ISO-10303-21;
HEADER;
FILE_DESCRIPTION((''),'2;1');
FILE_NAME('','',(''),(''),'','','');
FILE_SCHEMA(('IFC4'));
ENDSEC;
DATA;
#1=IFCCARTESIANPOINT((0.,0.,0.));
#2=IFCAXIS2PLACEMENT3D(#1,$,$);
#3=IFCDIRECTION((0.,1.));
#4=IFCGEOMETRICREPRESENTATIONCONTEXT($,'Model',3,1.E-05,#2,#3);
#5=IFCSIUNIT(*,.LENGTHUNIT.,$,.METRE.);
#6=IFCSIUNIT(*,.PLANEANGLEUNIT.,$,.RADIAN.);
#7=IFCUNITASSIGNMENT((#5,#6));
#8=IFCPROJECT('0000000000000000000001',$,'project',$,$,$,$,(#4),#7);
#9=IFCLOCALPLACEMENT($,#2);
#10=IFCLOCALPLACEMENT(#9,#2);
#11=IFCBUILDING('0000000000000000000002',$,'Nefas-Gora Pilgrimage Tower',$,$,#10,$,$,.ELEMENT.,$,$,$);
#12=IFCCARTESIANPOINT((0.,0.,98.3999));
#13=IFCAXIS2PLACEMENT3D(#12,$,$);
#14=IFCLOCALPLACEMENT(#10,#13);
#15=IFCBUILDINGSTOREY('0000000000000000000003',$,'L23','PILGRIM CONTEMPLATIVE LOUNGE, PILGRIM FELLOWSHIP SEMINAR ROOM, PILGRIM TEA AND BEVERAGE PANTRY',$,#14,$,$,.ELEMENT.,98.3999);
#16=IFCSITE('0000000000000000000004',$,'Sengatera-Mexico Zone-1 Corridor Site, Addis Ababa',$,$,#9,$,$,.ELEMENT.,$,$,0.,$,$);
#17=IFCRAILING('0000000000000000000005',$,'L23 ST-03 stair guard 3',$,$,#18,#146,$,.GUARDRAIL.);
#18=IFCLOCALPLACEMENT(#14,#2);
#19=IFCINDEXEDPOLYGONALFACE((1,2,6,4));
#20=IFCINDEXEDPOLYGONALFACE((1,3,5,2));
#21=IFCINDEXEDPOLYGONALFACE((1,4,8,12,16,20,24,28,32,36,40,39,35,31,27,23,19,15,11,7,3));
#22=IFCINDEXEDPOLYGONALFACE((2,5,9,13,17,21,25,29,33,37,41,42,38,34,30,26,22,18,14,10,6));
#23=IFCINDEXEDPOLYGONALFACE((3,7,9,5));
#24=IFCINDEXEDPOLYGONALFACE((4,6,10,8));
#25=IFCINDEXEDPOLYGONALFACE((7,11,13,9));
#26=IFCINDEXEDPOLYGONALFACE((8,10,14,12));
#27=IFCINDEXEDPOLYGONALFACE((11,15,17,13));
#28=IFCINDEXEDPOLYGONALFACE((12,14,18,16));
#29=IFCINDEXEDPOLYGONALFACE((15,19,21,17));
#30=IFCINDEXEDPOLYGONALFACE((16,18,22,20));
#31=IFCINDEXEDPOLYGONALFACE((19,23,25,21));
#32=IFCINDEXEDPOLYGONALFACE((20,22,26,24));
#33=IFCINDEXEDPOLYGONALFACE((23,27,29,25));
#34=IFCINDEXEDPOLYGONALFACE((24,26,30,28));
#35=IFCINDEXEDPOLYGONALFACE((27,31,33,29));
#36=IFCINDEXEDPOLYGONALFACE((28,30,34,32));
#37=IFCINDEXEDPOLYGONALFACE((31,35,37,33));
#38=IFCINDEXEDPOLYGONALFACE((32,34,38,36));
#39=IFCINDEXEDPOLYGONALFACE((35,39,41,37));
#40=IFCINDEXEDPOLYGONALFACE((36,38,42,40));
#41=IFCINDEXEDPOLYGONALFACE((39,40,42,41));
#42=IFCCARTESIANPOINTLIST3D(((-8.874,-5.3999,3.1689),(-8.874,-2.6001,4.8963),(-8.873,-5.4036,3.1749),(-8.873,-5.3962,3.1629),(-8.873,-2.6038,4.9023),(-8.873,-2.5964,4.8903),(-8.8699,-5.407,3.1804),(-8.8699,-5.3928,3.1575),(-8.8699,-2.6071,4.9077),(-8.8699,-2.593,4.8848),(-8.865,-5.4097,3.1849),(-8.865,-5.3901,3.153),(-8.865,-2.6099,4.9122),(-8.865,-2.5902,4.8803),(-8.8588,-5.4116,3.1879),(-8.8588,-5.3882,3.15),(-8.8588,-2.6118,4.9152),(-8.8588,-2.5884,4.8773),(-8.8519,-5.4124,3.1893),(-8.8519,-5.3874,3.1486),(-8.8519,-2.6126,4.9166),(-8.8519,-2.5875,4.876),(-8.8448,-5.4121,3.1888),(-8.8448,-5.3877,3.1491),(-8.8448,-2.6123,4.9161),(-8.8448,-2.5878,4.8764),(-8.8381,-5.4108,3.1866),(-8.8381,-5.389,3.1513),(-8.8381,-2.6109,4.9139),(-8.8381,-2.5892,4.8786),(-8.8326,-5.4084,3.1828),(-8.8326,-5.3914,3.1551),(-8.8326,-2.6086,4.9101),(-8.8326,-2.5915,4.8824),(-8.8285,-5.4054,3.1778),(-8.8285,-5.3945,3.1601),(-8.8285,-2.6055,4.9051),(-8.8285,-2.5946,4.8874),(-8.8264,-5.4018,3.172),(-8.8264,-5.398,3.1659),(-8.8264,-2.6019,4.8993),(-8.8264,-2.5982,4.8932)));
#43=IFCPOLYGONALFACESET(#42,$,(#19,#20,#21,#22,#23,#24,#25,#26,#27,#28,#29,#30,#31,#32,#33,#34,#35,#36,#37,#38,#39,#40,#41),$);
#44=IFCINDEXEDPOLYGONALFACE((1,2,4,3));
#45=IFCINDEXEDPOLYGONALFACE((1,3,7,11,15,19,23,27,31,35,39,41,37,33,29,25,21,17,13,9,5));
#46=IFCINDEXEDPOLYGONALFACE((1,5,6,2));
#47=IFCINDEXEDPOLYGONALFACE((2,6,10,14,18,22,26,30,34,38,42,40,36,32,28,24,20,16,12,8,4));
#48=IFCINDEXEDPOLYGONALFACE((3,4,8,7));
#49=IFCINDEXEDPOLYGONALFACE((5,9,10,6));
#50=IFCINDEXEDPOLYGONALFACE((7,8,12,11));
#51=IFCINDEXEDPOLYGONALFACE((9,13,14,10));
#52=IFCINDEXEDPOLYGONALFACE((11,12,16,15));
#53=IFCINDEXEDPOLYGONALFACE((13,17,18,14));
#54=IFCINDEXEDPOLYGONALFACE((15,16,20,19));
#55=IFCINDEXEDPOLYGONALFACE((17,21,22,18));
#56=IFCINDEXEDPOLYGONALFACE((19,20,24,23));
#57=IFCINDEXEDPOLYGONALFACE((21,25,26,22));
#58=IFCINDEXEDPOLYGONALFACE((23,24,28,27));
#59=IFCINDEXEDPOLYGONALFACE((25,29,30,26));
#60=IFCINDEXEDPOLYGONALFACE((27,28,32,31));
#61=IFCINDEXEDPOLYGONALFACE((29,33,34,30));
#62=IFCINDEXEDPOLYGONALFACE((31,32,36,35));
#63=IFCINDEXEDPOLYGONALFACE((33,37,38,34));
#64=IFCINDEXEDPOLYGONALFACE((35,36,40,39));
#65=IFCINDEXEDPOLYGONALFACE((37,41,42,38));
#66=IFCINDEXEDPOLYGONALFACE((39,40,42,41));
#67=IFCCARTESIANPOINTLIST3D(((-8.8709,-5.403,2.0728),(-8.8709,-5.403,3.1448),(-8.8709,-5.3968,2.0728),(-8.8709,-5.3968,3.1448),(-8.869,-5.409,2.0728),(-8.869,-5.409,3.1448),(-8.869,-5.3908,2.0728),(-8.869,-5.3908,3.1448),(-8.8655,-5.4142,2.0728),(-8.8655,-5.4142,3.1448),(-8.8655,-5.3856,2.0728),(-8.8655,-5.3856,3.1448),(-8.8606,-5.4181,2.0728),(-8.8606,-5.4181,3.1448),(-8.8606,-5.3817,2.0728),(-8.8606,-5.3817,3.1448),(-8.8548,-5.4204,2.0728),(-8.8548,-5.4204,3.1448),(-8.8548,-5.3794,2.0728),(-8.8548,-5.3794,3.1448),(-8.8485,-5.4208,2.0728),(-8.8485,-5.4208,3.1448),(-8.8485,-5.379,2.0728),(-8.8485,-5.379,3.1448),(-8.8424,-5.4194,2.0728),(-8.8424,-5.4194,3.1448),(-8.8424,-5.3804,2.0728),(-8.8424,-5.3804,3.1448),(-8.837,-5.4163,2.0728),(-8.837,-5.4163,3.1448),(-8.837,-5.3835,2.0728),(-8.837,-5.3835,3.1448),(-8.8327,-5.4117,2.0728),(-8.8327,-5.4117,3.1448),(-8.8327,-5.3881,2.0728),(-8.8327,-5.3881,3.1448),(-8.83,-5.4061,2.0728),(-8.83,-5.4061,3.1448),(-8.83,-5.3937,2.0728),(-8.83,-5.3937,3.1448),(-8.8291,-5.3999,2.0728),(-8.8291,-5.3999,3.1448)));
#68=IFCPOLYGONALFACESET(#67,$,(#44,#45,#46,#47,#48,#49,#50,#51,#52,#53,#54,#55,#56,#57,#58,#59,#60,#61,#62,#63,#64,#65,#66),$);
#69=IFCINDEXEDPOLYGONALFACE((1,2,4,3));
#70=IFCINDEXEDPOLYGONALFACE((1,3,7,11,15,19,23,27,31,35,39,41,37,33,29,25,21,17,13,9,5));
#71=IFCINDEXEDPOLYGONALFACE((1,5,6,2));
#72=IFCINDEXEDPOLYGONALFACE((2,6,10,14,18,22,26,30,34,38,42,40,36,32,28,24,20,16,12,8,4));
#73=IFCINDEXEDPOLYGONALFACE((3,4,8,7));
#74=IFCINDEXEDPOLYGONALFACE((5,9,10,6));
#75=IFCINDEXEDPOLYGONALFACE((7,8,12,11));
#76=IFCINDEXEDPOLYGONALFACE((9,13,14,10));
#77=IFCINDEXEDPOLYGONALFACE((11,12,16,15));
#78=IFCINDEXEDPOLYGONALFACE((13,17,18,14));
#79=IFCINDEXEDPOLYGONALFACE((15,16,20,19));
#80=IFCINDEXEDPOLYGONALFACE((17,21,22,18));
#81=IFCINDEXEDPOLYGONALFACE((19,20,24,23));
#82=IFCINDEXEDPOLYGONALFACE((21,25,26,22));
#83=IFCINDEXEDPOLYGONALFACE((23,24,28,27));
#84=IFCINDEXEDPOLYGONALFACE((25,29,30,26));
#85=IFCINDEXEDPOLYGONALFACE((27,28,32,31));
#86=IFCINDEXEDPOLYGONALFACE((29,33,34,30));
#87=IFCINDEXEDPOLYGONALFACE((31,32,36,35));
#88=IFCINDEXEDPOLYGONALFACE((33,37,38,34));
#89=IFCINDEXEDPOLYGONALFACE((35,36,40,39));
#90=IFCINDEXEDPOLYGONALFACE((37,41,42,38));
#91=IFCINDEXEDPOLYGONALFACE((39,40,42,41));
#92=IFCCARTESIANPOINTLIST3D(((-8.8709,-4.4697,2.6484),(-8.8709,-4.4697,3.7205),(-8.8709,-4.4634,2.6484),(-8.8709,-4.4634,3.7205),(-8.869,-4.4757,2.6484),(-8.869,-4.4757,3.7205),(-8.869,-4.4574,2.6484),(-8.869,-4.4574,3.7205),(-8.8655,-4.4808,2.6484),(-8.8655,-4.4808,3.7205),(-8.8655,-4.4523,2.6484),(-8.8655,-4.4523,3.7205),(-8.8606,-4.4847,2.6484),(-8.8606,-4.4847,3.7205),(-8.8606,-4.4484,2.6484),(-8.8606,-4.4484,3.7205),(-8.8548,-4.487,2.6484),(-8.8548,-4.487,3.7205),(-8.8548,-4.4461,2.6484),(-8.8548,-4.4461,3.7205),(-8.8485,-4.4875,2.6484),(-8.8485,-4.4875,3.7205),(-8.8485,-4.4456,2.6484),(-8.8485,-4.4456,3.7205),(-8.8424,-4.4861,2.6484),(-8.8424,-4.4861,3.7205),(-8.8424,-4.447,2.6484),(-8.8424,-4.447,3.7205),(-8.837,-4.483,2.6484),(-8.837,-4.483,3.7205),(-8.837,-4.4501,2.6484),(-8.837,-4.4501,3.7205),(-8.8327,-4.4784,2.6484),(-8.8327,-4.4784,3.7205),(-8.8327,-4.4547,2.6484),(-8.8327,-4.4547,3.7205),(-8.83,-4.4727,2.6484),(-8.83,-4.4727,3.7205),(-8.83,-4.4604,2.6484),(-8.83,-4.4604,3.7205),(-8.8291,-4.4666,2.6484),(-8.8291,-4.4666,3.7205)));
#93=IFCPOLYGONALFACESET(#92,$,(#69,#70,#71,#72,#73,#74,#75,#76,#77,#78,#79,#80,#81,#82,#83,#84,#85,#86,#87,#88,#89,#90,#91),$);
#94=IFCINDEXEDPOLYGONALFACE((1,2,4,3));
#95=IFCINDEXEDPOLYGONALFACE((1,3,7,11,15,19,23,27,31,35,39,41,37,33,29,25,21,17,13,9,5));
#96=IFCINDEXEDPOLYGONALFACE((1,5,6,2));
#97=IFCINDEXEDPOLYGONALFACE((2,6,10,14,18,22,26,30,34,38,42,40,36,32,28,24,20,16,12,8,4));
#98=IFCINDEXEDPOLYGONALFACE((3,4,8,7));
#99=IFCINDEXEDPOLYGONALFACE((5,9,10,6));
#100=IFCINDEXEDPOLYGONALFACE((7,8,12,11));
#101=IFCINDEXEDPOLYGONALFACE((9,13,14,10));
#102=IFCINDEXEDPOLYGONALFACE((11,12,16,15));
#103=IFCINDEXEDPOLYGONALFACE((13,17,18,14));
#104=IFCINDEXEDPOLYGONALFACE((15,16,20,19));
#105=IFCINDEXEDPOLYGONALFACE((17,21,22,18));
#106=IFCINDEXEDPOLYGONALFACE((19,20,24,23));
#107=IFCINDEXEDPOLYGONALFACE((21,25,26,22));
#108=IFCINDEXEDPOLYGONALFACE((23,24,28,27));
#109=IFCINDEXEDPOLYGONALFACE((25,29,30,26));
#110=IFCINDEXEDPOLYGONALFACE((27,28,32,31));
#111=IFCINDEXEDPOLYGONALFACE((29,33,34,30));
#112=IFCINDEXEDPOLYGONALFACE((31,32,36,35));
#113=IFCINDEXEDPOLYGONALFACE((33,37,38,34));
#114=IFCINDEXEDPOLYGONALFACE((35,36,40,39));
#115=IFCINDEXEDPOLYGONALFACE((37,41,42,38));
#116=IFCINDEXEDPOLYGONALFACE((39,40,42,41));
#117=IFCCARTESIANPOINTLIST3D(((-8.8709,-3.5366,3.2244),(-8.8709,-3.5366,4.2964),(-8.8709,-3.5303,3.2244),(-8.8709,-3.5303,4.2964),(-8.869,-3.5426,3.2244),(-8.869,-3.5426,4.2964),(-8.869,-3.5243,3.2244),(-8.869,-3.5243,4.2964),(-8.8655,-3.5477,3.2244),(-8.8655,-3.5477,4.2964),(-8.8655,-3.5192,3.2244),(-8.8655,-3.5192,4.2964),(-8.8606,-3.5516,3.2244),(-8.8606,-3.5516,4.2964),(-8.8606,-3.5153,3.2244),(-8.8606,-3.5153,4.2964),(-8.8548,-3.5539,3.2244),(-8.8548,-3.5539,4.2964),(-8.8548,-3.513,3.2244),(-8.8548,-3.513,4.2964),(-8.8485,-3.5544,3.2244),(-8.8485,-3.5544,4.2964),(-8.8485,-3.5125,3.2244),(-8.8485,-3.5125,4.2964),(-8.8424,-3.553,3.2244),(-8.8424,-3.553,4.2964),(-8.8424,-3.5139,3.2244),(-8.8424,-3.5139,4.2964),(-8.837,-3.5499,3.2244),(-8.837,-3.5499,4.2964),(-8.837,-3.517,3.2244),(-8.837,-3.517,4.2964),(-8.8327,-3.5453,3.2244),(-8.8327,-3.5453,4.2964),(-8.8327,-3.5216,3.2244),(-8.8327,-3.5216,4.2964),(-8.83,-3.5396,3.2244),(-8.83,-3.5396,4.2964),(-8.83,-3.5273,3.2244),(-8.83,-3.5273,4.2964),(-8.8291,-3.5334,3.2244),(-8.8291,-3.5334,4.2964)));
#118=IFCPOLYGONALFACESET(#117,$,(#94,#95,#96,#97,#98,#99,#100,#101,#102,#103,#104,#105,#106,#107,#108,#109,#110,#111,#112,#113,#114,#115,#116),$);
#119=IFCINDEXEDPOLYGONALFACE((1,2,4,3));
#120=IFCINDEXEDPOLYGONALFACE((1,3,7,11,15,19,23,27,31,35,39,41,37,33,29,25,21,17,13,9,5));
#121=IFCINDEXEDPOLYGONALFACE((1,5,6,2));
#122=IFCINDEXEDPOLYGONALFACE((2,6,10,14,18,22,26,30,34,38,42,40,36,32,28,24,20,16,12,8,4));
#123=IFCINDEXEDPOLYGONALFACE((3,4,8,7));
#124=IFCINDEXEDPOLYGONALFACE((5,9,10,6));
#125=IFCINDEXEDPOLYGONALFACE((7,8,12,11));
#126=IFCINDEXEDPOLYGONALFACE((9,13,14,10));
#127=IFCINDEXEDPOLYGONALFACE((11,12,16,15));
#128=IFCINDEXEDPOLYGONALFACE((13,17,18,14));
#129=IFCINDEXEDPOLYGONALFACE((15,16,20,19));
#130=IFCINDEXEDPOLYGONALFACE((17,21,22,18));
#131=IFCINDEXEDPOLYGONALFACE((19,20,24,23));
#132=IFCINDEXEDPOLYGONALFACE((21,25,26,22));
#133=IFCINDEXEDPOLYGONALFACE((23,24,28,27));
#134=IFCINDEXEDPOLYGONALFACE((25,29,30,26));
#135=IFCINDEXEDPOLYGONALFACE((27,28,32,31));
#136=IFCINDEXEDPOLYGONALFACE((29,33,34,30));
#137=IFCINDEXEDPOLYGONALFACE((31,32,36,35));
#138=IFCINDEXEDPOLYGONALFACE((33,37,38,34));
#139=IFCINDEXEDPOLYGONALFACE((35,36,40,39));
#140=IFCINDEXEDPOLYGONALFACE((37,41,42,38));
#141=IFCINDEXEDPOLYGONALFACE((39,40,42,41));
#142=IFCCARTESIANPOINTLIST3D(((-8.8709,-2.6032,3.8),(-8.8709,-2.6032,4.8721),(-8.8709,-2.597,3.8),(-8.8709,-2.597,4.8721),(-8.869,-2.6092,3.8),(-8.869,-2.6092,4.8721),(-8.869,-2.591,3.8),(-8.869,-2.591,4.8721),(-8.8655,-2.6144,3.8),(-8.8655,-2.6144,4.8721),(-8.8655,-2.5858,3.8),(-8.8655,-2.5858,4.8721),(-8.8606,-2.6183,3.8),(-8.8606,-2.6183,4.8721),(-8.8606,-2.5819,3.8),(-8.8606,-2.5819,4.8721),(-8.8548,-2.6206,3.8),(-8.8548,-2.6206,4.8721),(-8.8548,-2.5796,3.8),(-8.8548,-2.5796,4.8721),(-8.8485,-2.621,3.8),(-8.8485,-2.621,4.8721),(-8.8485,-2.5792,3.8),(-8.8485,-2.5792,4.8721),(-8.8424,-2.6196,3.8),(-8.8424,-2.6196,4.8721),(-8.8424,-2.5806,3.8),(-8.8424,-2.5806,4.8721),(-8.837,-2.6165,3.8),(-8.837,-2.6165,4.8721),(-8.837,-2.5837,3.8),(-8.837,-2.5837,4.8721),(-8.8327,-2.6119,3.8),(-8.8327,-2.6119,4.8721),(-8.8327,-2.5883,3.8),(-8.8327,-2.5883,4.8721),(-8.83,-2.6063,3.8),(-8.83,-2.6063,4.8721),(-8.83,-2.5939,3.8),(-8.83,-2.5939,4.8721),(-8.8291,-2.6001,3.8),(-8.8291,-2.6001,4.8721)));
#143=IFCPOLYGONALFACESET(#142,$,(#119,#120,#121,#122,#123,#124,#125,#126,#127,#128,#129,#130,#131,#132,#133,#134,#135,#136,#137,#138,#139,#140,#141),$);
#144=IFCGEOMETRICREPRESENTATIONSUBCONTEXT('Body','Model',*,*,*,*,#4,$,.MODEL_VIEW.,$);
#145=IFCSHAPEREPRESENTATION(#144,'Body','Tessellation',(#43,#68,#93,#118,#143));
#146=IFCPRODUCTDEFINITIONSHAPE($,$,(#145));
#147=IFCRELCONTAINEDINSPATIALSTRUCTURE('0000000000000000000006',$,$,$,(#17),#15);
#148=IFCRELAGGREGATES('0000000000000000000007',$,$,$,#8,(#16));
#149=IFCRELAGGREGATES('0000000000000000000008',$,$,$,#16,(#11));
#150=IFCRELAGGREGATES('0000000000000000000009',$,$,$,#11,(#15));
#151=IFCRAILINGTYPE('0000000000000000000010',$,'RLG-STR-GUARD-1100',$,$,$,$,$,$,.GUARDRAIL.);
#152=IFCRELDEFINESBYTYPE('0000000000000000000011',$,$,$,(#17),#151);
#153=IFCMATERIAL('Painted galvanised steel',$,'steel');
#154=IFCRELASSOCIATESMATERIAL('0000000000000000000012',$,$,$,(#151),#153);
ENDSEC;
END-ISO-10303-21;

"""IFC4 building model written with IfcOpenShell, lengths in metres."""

from ifc_helpers import new_model, si_unit, direction, frame, origin, origin_2d, place, context, subcontext, project, spatial, circle, extrude, material, type_object, element, save


model = new_model("IFC4")

# Units and contexts
model_context = context("Model", 3, precision=1e-05, world=origin(), true_north=direction((0.0, 1.0)))
body_context = subcontext(model_context, "Body", "Model", "MODEL_VIEW")
ifc_project = project(units=[si_unit("LENGTHUNIT", "METRE"), si_unit("PLANEANGLEUNIT", "RADIAN")], contexts=[model_context])

# Site, building, storey
site_placement = place(None, origin())
site = spatial("IfcSite", under=ifc_project, at=site_placement, Name="Sengatera-Mexico Zone-1 Corridor Site, Addis Ababa", CompositionType="ELEMENT", RefElevation=0.0)
building_placement = place(site_placement, origin())
building = spatial("IfcBuilding", under=site, at=building_placement, Name="Nefas-Gora Pilgrimage Tower", CompositionType="ELEMENT")
storey_placement = place(building_placement, frame((0.0, 0.0, 98.3999)))
storey = spatial("IfcBuildingStorey", under=building, at=storey_placement, Name="L23", Description="PILGRIM CONTEMPLATIVE LOUNGE, PILGRIM FELLOWSHIP SEMINAR ROOM, PILGRIM TEA AND BEVERAGE PANTRY", CompositionType="ELEMENT", Elevation=98.3999)

# Railing
ifc_material_1 = material(Name="Painted galvanised steel", Category="steel")
railing_type_1 = type_object("IfcRailingType", Name="RLG-STR-GUARD-1100", PredefinedType="GUARDRAIL", material=ifc_material_1)
railing_1_placement = place(storey_placement, frame((-8.8501, -5.3999, 2.0728)))
element("IfcRailing", 1, at=railing_1_placement, inside=storey, type_object=railing_type_1, Name="L23 ST-03 stair guard 3", PredefinedType="GUARDRAIL", context=body_context, shape_type="SweptSolid", body=[
    extrude(circle(Radius=0.0239, at=origin_2d()), frame((0.0, 0.0, 1.0962), z_axis=(0.0, 0.851069, 0.525054), x_axis=(-1.0, 0.0, 0.0)), (0.0, 0.0, 1.0), 3.2898),
    extrude(circle(Radius=0.021, at=origin_2d()), origin(), (0.0, 0.0, 1.0), 1.072),
    extrude(circle(Radius=0.021, at=origin_2d()), frame((0.0, 0.9333, 0.5757)), (0.0, 0.0, 1.0), 1.072),
    extrude(circle(Radius=0.021, at=origin_2d()), frame((0.0, 1.8665, 1.1516)), (0.0, 0.0, 1.0), 1.072),
    extrude(circle(Radius=0.021, at=origin_2d()), frame((0.0, 2.7998, 1.7273)), (0.0, 0.0, 1.0), 1.072),
])

save(model, "model.ifc")
